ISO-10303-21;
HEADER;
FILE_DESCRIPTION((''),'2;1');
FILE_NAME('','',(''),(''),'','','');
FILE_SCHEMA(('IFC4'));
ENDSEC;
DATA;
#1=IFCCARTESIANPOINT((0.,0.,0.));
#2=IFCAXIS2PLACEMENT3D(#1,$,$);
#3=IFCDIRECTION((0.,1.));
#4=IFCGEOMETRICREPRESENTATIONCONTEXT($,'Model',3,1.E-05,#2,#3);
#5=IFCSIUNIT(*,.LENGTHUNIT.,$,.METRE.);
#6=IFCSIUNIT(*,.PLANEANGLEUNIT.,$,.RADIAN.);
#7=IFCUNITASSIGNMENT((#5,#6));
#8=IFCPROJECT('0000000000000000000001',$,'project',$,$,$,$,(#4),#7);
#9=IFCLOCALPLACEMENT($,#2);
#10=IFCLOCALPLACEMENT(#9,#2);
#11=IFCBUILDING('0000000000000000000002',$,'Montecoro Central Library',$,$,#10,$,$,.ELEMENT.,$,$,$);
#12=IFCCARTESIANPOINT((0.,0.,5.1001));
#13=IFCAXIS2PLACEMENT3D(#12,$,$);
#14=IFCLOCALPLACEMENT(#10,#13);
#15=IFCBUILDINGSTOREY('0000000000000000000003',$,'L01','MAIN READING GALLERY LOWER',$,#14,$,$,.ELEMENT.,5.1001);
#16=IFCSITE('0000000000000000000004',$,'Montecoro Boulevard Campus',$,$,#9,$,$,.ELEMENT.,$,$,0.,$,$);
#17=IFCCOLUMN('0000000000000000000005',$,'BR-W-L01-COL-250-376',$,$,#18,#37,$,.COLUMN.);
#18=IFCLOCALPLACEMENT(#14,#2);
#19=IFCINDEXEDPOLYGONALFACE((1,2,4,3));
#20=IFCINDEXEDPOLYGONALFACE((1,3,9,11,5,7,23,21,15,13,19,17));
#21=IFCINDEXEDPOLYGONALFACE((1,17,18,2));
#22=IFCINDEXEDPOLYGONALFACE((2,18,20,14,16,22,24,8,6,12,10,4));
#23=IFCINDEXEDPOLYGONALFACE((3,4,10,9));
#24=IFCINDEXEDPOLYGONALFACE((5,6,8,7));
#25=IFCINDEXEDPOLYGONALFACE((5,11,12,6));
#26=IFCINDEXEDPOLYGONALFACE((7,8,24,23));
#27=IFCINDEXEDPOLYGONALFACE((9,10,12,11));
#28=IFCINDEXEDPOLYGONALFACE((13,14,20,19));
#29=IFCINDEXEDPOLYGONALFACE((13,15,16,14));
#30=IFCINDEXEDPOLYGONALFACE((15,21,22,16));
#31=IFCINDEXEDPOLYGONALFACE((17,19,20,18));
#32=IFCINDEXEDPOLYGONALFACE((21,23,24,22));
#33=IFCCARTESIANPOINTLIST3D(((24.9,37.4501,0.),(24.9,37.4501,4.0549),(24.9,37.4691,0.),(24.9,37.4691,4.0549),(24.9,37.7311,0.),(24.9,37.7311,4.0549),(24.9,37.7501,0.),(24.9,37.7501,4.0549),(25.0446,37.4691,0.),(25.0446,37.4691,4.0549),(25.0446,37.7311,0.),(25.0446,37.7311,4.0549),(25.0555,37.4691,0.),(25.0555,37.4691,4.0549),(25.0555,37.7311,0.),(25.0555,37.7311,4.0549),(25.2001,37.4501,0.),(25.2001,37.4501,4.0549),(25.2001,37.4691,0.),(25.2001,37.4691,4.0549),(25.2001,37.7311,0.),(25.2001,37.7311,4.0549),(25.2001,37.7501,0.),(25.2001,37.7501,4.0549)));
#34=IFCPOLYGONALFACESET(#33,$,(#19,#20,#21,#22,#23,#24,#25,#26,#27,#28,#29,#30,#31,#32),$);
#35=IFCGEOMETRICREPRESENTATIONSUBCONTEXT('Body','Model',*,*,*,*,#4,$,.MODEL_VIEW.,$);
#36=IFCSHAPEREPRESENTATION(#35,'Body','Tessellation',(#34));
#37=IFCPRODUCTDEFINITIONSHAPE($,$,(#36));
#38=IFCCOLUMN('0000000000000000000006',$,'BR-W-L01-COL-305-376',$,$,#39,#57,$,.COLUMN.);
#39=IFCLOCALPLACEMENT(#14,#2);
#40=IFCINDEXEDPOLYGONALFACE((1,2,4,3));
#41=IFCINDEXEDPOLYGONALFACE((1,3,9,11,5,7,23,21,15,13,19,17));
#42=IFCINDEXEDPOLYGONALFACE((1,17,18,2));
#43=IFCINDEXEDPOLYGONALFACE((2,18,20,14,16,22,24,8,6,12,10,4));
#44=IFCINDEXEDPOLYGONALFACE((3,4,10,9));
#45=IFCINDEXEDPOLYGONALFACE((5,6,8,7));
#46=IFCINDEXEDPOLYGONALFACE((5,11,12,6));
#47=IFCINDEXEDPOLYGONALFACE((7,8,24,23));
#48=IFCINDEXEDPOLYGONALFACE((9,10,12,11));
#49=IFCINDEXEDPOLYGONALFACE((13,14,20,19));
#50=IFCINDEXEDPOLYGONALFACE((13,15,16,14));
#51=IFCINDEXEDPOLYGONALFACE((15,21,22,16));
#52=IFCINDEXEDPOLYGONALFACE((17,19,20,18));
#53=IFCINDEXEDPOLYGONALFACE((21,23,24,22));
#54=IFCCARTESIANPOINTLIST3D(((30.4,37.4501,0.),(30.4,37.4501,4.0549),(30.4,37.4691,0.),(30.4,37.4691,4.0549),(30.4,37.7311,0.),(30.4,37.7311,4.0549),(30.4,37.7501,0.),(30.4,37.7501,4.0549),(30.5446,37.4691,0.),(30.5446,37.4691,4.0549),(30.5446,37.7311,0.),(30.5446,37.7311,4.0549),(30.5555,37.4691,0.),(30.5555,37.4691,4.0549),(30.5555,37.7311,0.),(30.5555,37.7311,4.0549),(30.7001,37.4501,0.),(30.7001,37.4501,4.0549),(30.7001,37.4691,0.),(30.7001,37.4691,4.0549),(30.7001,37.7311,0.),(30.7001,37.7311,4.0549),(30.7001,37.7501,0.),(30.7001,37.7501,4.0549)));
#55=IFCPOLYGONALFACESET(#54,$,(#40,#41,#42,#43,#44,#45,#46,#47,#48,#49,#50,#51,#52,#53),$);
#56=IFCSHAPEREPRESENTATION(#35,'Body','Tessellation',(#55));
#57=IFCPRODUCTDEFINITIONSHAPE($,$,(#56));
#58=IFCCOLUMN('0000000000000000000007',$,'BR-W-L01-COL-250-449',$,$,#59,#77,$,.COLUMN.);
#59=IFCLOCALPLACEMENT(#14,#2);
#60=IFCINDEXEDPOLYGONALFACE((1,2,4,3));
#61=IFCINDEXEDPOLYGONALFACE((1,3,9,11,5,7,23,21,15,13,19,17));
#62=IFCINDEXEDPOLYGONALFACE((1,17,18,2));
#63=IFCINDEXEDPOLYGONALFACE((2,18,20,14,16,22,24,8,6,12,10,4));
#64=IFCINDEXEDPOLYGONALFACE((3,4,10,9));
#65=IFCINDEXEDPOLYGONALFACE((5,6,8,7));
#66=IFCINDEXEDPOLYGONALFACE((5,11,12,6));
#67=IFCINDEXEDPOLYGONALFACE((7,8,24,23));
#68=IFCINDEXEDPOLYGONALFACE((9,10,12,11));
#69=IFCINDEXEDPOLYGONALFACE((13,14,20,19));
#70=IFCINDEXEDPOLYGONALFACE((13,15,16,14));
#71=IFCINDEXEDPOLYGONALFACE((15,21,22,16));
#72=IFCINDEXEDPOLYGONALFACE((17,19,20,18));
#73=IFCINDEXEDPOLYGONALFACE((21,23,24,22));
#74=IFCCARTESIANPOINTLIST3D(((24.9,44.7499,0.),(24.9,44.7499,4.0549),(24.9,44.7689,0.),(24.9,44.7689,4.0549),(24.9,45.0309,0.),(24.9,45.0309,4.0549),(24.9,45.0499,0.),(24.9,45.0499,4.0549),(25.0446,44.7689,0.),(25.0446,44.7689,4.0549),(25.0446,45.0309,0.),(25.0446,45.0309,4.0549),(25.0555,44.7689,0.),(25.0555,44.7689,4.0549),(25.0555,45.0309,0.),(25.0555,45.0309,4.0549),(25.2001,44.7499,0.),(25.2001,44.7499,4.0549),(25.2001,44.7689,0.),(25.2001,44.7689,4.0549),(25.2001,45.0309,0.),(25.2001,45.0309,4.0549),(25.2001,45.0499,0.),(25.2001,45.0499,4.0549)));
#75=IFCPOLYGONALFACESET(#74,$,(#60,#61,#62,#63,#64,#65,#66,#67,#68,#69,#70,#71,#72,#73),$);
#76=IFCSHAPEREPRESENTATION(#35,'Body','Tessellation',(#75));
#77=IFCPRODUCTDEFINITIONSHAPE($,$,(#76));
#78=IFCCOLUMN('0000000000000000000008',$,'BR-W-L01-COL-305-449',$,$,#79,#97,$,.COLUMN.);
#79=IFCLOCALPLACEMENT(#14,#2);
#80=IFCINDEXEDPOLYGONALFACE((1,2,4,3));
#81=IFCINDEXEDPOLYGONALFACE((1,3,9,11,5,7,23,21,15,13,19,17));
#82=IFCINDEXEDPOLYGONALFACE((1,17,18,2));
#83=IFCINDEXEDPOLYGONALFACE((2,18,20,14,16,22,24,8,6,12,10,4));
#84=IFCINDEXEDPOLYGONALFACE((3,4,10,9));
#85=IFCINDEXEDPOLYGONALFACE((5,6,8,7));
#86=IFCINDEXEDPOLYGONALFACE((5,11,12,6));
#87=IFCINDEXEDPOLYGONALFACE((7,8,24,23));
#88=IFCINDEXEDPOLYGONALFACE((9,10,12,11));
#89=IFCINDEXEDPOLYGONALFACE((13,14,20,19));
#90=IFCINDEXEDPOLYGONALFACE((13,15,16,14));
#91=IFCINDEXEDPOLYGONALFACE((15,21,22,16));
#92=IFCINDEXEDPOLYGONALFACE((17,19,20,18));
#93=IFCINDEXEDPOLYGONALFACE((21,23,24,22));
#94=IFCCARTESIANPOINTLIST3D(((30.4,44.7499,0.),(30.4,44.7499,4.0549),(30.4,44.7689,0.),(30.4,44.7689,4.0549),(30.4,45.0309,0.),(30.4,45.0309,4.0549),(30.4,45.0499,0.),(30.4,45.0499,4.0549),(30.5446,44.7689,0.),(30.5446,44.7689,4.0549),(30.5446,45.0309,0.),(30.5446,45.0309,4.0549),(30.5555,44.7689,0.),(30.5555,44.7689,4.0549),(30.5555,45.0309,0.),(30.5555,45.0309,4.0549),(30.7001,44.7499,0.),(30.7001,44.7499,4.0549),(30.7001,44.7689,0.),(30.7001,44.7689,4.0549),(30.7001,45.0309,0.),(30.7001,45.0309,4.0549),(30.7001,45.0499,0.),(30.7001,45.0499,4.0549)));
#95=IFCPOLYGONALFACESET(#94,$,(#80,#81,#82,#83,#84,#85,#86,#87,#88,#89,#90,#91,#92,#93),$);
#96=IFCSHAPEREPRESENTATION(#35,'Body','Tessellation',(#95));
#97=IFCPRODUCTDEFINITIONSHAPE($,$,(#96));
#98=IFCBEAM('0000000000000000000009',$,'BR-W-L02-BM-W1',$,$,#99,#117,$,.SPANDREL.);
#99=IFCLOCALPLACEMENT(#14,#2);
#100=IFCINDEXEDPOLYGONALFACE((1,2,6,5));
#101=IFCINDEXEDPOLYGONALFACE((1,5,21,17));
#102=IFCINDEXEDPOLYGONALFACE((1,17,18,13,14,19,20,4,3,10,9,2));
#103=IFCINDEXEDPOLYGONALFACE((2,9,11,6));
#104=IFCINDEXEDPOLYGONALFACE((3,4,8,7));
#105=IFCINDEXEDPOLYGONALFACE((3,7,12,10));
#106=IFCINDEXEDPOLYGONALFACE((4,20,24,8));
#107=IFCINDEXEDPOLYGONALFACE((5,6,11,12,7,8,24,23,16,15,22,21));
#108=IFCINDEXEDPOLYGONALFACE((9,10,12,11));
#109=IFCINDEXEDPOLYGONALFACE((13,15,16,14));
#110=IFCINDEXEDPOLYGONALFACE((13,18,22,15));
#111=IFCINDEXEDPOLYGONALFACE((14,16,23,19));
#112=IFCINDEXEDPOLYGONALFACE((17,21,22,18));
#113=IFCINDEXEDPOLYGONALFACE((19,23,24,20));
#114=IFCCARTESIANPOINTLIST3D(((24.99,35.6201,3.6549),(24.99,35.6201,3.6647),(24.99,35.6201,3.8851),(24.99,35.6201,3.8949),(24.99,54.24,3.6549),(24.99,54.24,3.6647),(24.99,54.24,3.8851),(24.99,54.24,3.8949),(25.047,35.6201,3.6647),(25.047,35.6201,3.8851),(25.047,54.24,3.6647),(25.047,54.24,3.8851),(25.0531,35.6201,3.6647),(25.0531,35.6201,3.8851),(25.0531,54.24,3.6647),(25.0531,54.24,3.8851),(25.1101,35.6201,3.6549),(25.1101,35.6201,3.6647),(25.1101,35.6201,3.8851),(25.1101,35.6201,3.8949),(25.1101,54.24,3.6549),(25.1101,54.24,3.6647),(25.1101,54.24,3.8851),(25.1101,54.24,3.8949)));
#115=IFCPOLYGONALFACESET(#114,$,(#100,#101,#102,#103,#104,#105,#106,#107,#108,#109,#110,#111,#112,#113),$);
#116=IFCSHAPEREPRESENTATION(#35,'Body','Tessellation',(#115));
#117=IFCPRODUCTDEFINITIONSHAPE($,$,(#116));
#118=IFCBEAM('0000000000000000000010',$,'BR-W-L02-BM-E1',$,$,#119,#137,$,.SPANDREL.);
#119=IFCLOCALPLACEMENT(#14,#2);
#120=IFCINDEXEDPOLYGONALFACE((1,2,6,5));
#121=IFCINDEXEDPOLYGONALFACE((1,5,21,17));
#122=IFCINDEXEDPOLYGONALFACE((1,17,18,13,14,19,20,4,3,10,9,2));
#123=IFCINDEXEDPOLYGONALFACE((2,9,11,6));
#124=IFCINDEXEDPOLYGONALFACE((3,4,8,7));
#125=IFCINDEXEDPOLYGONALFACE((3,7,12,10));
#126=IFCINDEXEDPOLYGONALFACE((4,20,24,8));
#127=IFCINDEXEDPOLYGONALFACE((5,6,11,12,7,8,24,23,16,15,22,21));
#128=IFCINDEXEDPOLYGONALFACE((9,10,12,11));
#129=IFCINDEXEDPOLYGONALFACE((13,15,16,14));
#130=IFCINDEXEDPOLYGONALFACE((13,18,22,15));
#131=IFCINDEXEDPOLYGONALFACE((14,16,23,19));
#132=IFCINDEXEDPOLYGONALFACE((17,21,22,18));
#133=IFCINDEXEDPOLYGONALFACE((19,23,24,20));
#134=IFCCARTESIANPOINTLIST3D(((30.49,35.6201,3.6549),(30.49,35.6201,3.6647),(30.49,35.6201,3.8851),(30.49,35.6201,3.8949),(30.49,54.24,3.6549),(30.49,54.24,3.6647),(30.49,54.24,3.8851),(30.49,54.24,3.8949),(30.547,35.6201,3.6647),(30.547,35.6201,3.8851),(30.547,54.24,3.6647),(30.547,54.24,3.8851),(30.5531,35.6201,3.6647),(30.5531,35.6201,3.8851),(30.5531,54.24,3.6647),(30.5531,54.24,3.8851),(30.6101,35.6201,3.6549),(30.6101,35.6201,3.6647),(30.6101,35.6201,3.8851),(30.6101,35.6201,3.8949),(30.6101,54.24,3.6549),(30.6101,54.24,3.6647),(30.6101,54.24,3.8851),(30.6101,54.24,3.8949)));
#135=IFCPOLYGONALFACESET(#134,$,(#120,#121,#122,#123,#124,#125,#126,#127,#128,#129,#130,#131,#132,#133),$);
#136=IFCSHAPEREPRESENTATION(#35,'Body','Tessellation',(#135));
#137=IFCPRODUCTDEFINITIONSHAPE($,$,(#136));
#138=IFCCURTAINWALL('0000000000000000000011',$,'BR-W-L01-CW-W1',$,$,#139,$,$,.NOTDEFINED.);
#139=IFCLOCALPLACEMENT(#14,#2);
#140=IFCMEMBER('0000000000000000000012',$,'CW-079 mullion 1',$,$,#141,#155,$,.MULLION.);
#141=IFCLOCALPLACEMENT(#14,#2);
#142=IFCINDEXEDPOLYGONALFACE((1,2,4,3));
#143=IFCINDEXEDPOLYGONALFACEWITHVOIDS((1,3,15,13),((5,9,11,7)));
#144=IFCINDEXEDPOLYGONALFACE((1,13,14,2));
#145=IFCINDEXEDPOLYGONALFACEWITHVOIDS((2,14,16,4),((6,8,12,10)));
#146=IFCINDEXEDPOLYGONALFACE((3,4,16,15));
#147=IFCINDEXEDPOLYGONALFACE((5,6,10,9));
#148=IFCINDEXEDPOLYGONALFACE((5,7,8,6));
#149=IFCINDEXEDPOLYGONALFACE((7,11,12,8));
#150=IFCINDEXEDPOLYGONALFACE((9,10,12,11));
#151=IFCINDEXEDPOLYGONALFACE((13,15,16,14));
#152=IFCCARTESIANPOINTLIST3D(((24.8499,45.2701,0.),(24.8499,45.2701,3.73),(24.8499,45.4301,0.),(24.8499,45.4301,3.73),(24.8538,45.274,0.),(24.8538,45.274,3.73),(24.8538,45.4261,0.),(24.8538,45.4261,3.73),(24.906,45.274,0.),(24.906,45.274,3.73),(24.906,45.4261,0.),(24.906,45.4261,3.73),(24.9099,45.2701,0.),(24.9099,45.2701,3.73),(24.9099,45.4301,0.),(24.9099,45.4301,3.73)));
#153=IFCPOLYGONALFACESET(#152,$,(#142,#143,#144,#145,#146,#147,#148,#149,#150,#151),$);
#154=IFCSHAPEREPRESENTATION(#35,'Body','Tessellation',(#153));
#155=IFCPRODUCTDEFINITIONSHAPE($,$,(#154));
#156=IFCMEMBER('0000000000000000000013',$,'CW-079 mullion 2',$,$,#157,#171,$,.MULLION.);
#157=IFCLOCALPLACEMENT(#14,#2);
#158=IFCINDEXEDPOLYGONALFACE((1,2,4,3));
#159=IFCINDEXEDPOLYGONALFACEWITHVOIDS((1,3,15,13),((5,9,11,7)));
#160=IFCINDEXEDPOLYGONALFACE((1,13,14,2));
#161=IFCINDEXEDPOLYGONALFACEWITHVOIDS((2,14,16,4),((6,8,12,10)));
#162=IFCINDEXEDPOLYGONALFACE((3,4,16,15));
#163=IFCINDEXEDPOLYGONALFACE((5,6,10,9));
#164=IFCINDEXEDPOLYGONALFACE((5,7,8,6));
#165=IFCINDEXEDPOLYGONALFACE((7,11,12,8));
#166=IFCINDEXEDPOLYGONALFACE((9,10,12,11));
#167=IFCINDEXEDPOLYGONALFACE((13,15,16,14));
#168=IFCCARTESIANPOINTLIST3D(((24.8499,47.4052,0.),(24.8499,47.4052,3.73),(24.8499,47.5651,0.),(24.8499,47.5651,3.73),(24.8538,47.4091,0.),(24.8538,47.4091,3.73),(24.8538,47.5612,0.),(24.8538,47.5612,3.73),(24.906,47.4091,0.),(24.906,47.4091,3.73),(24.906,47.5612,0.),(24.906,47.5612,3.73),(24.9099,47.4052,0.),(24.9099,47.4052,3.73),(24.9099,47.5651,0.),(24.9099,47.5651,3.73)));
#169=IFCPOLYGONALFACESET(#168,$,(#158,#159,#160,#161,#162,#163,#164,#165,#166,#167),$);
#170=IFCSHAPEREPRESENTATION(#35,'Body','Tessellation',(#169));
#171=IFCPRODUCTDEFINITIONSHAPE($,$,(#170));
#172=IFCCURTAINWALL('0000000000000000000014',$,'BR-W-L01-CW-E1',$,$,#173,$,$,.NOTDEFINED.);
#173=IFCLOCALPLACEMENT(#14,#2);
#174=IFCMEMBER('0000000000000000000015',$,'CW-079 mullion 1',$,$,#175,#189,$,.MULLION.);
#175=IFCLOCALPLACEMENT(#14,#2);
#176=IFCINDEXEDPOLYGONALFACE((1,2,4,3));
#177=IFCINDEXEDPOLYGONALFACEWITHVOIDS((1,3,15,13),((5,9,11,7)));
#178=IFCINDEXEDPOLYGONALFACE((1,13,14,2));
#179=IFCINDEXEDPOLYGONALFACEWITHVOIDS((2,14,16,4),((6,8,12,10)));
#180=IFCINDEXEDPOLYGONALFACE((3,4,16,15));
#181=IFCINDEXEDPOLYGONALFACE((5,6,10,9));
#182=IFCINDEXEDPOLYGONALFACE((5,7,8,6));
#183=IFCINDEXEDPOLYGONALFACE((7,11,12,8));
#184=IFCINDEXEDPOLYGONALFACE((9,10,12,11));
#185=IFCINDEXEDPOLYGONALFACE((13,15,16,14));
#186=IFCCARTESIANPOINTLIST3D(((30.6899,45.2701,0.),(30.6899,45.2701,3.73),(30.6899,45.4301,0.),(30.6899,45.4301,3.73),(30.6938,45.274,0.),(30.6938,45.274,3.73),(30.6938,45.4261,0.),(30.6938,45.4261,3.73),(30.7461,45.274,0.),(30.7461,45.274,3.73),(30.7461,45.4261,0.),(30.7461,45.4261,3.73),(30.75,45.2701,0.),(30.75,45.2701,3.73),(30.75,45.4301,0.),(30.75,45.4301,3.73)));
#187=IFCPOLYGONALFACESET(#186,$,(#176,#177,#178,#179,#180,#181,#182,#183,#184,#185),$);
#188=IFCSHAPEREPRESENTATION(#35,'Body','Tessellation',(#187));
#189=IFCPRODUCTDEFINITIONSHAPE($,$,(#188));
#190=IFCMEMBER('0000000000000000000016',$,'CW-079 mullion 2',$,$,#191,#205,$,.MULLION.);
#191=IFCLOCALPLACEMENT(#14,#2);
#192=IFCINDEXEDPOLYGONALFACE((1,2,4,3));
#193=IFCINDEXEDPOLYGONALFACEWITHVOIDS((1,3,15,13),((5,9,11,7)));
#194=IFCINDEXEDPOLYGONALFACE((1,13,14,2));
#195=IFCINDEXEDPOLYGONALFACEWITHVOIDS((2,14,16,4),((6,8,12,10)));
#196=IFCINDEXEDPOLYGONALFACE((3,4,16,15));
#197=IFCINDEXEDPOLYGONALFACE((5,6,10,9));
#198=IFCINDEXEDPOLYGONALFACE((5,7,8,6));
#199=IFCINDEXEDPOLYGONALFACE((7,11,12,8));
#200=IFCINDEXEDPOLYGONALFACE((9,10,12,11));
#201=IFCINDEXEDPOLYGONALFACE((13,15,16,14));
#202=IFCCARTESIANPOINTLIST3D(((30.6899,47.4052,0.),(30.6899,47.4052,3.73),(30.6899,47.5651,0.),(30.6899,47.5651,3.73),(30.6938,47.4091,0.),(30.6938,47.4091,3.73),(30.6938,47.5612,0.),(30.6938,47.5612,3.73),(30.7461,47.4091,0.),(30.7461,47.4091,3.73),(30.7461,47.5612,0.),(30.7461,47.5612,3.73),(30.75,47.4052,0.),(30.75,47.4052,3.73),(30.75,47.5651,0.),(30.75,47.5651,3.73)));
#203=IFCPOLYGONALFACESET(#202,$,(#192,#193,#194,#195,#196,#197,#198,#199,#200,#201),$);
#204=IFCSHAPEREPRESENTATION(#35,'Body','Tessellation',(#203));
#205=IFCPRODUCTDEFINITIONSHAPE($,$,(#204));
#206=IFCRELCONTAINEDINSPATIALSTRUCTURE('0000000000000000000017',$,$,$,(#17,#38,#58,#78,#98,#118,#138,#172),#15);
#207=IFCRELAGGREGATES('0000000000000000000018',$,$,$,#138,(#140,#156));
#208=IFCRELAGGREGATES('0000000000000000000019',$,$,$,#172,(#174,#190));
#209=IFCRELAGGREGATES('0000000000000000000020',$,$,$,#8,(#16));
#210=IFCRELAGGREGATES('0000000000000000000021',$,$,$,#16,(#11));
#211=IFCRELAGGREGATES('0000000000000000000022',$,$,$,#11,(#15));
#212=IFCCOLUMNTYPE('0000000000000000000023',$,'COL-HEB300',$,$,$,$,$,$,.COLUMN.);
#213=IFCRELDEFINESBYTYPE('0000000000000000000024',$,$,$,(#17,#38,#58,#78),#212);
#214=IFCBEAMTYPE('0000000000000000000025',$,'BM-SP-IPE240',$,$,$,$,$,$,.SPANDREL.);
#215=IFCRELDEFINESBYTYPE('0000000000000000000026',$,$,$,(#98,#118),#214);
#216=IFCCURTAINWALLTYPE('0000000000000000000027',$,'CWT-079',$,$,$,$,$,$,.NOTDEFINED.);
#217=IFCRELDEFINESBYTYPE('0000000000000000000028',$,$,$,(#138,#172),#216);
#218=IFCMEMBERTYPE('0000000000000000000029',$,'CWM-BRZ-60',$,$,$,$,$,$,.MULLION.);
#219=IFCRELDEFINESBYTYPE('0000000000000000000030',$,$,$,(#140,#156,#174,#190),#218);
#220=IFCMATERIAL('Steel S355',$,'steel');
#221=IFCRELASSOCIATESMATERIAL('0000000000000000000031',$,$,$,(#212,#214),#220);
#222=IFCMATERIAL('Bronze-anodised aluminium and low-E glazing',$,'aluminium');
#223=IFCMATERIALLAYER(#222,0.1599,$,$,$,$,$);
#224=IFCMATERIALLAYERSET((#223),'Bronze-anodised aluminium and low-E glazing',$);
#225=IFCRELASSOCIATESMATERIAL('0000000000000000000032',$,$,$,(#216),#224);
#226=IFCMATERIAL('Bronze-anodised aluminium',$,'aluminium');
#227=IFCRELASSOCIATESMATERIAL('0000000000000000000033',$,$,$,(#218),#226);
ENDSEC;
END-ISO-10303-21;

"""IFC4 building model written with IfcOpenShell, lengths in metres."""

from ifc_helpers import new_model, si_unit, direction, frame, origin, origin_2d, place, context, subcontext, project, spatial, hollow_rectangle, i_section, extrude, material, layer, layer_set, material_profile, profile_set, type_object, element, aggregate, save


model = new_model("IFC4")

# Units and contexts
model_context = context("Model", 3, precision=1e-05, world=origin(), true_north=direction((0.0, 1.0)))
body_context = subcontext(model_context, "Body", "Model", "MODEL_VIEW")
ifc_project = project(units=[si_unit("LENGTHUNIT", "METRE"), si_unit("PLANEANGLEUNIT", "RADIAN")], contexts=[model_context])

# Site, building, storey
site_placement = place(None, origin())
site = spatial("IfcSite", under=ifc_project, at=site_placement, Name="Montecoro Boulevard Campus", CompositionType="ELEMENT", RefElevation=0.0)
building_placement = place(site_placement, origin())
building = spatial("IfcBuilding", under=site, at=building_placement, Name="Montecoro Central Library", CompositionType="ELEMENT")
storey_placement = place(building_placement, frame((0.0, 0.0, 5.1001)))
storey = spatial("IfcBuildingStorey", under=building, at=storey_placement, Name="L01", Description="MAIN READING GALLERY LOWER", CompositionType="ELEMENT", Elevation=5.1001)

# Columns
ifc_material_1 = material(Name="Steel S355", Category="steel")
ifc_material_profile_1 = material_profile(ifc_material_1, i_section(OverallWidth=0.3, OverallDepth=0.3, WebThickness=0.011, FlangeThickness=0.019, at=origin_2d()), Name="HEB 300")
ifc_profile_set_1 = profile_set([ifc_material_profile_1], Name="Steel S355")
column_type = type_object("IfcColumnType", Name="COL-HEB300", PredefinedType="COLUMN", material=ifc_profile_set_1)
for number, where, z_axis, x_axis, name in (
    (1, (25.05, 37.6001, 0.0), (0.0, 0.0, 1.0), (1.0, 0.0, 0.0), "BR-W-L01-COL-250-376"),
    (2, (30.55, 37.6001, 0.0), (0.0, 0.0, 1.0), (1.0, 0.0, 0.0), "BR-W-L01-COL-305-376"),
    (3, (25.05, 44.8999, 0.0), (0.0, 0.0, 1.0), (1.0, 0.0, 0.0), "BR-W-L01-COL-250-449"),
    (4, (30.55, 44.8999, 0.0), (0.0, 0.0, 1.0), (1.0, 0.0, 0.0), "BR-W-L01-COL-305-449"),
):
    element("IfcColumn", number, at=place(storey_placement, frame(where, z_axis=z_axis, x_axis=x_axis)), inside=storey, type_object=column_type, Name=name, PredefinedType="COLUMN", context=body_context, shape_type="SweptSolid", body=[
        extrude(i_section(OverallWidth=0.3, OverallDepth=0.3, WebThickness=0.011, FlangeThickness=0.019, at=origin_2d()), origin(), (0.0, 0.0, 1.0), 4.0549),
    ])

# Beams
ifc_material_profile_2 = material_profile(ifc_material_1, i_section(OverallWidth=0.1201, OverallDepth=0.24, WebThickness=0.0061, FlangeThickness=0.0098, at=origin_2d()), Name="IPE 240")
ifc_profile_set_2 = profile_set([ifc_material_profile_2], Name="Steel S355")
beam_type = type_object("IfcBeamType", Name="BM-SP-IPE240", PredefinedType="SPANDREL", material=ifc_profile_set_2)
for number, where, z_axis, x_axis, name in (
    (5, (25.05, 35.6201, 3.7749), (0.0, 1.0, 0.0), (-1.0, 0.0, 0.0), "BR-W-L02-BM-W1"),
    (6, (30.55, 35.6201, 3.7749), (0.0, 1.0, 0.0), (-1.0, 0.0, 0.0), "BR-W-L02-BM-E1"),
):
    element("IfcBeam", number, at=place(storey_placement, frame(where, z_axis=z_axis, x_axis=x_axis)), inside=storey, type_object=beam_type, Name=name, PredefinedType="SPANDREL", context=body_context, shape_type="SweptSolid", body=[
        extrude(i_section(OverallWidth=0.1201, OverallDepth=0.24, WebThickness=0.0061, FlangeThickness=0.0098, at=origin_2d()), origin(), (0.0, 0.0, 1.0), 18.6199),
    ])

# Curtain walls, members
ifc_material_2 = material(Name="Bronze-anodised aluminium and low-E glazing", Category="aluminium")
ifc_layer_1 = layer(ifc_material_2, 0.1599)
ifc_layer_set_1 = layer_set([ifc_layer_1], Name="Bronze-anodised aluminium and low-E glazing")
curtain_wall_type = type_object("IfcCurtainWallType", Name="CWT-079", PredefinedType="NOTDEFINED", material=ifc_layer_set_1)
curtain_wall_1_placement = place(storey_placement, origin())
curtain_wall_1 = element("IfcCurtainWall", 7, at=curtain_wall_1_placement, inside=storey, type_object=curtain_wall_type, Name="BR-W-L01-CW-W1", PredefinedType="NOTDEFINED")
ifc_material_3 = material(Name="Bronze-anodised aluminium", Category="aluminium")
ifc_material_profile_3 = material_profile(ifc_material_3, hollow_rectangle(XDim=0.0601, YDim=0.1599, WallThickness=0.0039, at=origin_2d()), Name="CWM 160x60x4.0")
ifc_profile_set_3 = profile_set([ifc_material_profile_3], Name="Bronze-anodised aluminium")
member_type_1 = type_object("IfcMemberType", Name="CWM-BRZ-60", PredefinedType="MULLION", material=ifc_profile_set_3)
member_1_placement = place(storey_placement, frame((24.8799, 45.3501, 0.0), z_axis=(0.0, 0.0, 1.0), x_axis=(-1.0, 0.0, 0.0)))
member_1 = element("IfcMember", 8, at=member_1_placement, type_object=member_type_1, Name="CW-079 mullion 1", PredefinedType="MULLION", context=body_context, shape_type="SweptSolid", body=[
    extrude(hollow_rectangle(XDim=0.0601, YDim=0.1599, WallThickness=0.0039, at=origin_2d()), origin(), (0.0, 0.0, 1.0), 3.73),
])
member_2_placement = place(storey_placement, frame((24.8799, 47.4851, 0.0), z_axis=(0.0, 0.0, 1.0), x_axis=(-1.0, 0.0, 0.0)))
member_2 = element("IfcMember", 9, at=member_2_placement, type_object=member_type_1, Name="CW-079 mullion 2", PredefinedType="MULLION", context=body_context, shape_type="SweptSolid", body=[
    extrude(hollow_rectangle(XDim=0.0601, YDim=0.1599, WallThickness=0.0039, at=origin_2d()), origin(), (0.0, 0.0, 1.0), 3.73),
])
curtain_wall_2_placement = place(storey_placement, origin())
curtain_wall_2 = element("IfcCurtainWall", 10, at=curtain_wall_2_placement, inside=storey, type_object=curtain_wall_type, Name="BR-W-L01-CW-E1", PredefinedType="NOTDEFINED")
member_3_placement = place(storey_placement, frame((30.72, 45.3501, 0.0), z_axis=(0.0, 0.0, 1.0), x_axis=(-1.0, 0.0, 0.0)))
member_3 = element("IfcMember", 11, at=member_3_placement, type_object=member_type_1, Name="CW-079 mullion 1", PredefinedType="MULLION", context=body_context, shape_type="SweptSolid", body=[
    extrude(hollow_rectangle(XDim=0.0601, YDim=0.1599, WallThickness=0.0039, at=origin_2d()), origin(), (0.0, 0.0, 1.0), 3.73),
])
member_4_placement = place(storey_placement, frame((30.72, 47.4851, 0.0), z_axis=(0.0, 0.0, 1.0), x_axis=(-1.0, 0.0, 0.0)))
member_4 = element("IfcMember", 12, at=member_4_placement, type_object=member_type_1, Name="CW-079 mullion 2", PredefinedType="MULLION", context=body_context, shape_type="SweptSolid", body=[
    extrude(hollow_rectangle(XDim=0.0601, YDim=0.1599, WallThickness=0.0039, at=origin_2d()), origin(), (0.0, 0.0, 1.0), 3.73),
])

aggregate(curtain_wall_1, [member_1, member_2])
aggregate(curtain_wall_2, [member_3, member_4])

save(model, "model.ifc")
